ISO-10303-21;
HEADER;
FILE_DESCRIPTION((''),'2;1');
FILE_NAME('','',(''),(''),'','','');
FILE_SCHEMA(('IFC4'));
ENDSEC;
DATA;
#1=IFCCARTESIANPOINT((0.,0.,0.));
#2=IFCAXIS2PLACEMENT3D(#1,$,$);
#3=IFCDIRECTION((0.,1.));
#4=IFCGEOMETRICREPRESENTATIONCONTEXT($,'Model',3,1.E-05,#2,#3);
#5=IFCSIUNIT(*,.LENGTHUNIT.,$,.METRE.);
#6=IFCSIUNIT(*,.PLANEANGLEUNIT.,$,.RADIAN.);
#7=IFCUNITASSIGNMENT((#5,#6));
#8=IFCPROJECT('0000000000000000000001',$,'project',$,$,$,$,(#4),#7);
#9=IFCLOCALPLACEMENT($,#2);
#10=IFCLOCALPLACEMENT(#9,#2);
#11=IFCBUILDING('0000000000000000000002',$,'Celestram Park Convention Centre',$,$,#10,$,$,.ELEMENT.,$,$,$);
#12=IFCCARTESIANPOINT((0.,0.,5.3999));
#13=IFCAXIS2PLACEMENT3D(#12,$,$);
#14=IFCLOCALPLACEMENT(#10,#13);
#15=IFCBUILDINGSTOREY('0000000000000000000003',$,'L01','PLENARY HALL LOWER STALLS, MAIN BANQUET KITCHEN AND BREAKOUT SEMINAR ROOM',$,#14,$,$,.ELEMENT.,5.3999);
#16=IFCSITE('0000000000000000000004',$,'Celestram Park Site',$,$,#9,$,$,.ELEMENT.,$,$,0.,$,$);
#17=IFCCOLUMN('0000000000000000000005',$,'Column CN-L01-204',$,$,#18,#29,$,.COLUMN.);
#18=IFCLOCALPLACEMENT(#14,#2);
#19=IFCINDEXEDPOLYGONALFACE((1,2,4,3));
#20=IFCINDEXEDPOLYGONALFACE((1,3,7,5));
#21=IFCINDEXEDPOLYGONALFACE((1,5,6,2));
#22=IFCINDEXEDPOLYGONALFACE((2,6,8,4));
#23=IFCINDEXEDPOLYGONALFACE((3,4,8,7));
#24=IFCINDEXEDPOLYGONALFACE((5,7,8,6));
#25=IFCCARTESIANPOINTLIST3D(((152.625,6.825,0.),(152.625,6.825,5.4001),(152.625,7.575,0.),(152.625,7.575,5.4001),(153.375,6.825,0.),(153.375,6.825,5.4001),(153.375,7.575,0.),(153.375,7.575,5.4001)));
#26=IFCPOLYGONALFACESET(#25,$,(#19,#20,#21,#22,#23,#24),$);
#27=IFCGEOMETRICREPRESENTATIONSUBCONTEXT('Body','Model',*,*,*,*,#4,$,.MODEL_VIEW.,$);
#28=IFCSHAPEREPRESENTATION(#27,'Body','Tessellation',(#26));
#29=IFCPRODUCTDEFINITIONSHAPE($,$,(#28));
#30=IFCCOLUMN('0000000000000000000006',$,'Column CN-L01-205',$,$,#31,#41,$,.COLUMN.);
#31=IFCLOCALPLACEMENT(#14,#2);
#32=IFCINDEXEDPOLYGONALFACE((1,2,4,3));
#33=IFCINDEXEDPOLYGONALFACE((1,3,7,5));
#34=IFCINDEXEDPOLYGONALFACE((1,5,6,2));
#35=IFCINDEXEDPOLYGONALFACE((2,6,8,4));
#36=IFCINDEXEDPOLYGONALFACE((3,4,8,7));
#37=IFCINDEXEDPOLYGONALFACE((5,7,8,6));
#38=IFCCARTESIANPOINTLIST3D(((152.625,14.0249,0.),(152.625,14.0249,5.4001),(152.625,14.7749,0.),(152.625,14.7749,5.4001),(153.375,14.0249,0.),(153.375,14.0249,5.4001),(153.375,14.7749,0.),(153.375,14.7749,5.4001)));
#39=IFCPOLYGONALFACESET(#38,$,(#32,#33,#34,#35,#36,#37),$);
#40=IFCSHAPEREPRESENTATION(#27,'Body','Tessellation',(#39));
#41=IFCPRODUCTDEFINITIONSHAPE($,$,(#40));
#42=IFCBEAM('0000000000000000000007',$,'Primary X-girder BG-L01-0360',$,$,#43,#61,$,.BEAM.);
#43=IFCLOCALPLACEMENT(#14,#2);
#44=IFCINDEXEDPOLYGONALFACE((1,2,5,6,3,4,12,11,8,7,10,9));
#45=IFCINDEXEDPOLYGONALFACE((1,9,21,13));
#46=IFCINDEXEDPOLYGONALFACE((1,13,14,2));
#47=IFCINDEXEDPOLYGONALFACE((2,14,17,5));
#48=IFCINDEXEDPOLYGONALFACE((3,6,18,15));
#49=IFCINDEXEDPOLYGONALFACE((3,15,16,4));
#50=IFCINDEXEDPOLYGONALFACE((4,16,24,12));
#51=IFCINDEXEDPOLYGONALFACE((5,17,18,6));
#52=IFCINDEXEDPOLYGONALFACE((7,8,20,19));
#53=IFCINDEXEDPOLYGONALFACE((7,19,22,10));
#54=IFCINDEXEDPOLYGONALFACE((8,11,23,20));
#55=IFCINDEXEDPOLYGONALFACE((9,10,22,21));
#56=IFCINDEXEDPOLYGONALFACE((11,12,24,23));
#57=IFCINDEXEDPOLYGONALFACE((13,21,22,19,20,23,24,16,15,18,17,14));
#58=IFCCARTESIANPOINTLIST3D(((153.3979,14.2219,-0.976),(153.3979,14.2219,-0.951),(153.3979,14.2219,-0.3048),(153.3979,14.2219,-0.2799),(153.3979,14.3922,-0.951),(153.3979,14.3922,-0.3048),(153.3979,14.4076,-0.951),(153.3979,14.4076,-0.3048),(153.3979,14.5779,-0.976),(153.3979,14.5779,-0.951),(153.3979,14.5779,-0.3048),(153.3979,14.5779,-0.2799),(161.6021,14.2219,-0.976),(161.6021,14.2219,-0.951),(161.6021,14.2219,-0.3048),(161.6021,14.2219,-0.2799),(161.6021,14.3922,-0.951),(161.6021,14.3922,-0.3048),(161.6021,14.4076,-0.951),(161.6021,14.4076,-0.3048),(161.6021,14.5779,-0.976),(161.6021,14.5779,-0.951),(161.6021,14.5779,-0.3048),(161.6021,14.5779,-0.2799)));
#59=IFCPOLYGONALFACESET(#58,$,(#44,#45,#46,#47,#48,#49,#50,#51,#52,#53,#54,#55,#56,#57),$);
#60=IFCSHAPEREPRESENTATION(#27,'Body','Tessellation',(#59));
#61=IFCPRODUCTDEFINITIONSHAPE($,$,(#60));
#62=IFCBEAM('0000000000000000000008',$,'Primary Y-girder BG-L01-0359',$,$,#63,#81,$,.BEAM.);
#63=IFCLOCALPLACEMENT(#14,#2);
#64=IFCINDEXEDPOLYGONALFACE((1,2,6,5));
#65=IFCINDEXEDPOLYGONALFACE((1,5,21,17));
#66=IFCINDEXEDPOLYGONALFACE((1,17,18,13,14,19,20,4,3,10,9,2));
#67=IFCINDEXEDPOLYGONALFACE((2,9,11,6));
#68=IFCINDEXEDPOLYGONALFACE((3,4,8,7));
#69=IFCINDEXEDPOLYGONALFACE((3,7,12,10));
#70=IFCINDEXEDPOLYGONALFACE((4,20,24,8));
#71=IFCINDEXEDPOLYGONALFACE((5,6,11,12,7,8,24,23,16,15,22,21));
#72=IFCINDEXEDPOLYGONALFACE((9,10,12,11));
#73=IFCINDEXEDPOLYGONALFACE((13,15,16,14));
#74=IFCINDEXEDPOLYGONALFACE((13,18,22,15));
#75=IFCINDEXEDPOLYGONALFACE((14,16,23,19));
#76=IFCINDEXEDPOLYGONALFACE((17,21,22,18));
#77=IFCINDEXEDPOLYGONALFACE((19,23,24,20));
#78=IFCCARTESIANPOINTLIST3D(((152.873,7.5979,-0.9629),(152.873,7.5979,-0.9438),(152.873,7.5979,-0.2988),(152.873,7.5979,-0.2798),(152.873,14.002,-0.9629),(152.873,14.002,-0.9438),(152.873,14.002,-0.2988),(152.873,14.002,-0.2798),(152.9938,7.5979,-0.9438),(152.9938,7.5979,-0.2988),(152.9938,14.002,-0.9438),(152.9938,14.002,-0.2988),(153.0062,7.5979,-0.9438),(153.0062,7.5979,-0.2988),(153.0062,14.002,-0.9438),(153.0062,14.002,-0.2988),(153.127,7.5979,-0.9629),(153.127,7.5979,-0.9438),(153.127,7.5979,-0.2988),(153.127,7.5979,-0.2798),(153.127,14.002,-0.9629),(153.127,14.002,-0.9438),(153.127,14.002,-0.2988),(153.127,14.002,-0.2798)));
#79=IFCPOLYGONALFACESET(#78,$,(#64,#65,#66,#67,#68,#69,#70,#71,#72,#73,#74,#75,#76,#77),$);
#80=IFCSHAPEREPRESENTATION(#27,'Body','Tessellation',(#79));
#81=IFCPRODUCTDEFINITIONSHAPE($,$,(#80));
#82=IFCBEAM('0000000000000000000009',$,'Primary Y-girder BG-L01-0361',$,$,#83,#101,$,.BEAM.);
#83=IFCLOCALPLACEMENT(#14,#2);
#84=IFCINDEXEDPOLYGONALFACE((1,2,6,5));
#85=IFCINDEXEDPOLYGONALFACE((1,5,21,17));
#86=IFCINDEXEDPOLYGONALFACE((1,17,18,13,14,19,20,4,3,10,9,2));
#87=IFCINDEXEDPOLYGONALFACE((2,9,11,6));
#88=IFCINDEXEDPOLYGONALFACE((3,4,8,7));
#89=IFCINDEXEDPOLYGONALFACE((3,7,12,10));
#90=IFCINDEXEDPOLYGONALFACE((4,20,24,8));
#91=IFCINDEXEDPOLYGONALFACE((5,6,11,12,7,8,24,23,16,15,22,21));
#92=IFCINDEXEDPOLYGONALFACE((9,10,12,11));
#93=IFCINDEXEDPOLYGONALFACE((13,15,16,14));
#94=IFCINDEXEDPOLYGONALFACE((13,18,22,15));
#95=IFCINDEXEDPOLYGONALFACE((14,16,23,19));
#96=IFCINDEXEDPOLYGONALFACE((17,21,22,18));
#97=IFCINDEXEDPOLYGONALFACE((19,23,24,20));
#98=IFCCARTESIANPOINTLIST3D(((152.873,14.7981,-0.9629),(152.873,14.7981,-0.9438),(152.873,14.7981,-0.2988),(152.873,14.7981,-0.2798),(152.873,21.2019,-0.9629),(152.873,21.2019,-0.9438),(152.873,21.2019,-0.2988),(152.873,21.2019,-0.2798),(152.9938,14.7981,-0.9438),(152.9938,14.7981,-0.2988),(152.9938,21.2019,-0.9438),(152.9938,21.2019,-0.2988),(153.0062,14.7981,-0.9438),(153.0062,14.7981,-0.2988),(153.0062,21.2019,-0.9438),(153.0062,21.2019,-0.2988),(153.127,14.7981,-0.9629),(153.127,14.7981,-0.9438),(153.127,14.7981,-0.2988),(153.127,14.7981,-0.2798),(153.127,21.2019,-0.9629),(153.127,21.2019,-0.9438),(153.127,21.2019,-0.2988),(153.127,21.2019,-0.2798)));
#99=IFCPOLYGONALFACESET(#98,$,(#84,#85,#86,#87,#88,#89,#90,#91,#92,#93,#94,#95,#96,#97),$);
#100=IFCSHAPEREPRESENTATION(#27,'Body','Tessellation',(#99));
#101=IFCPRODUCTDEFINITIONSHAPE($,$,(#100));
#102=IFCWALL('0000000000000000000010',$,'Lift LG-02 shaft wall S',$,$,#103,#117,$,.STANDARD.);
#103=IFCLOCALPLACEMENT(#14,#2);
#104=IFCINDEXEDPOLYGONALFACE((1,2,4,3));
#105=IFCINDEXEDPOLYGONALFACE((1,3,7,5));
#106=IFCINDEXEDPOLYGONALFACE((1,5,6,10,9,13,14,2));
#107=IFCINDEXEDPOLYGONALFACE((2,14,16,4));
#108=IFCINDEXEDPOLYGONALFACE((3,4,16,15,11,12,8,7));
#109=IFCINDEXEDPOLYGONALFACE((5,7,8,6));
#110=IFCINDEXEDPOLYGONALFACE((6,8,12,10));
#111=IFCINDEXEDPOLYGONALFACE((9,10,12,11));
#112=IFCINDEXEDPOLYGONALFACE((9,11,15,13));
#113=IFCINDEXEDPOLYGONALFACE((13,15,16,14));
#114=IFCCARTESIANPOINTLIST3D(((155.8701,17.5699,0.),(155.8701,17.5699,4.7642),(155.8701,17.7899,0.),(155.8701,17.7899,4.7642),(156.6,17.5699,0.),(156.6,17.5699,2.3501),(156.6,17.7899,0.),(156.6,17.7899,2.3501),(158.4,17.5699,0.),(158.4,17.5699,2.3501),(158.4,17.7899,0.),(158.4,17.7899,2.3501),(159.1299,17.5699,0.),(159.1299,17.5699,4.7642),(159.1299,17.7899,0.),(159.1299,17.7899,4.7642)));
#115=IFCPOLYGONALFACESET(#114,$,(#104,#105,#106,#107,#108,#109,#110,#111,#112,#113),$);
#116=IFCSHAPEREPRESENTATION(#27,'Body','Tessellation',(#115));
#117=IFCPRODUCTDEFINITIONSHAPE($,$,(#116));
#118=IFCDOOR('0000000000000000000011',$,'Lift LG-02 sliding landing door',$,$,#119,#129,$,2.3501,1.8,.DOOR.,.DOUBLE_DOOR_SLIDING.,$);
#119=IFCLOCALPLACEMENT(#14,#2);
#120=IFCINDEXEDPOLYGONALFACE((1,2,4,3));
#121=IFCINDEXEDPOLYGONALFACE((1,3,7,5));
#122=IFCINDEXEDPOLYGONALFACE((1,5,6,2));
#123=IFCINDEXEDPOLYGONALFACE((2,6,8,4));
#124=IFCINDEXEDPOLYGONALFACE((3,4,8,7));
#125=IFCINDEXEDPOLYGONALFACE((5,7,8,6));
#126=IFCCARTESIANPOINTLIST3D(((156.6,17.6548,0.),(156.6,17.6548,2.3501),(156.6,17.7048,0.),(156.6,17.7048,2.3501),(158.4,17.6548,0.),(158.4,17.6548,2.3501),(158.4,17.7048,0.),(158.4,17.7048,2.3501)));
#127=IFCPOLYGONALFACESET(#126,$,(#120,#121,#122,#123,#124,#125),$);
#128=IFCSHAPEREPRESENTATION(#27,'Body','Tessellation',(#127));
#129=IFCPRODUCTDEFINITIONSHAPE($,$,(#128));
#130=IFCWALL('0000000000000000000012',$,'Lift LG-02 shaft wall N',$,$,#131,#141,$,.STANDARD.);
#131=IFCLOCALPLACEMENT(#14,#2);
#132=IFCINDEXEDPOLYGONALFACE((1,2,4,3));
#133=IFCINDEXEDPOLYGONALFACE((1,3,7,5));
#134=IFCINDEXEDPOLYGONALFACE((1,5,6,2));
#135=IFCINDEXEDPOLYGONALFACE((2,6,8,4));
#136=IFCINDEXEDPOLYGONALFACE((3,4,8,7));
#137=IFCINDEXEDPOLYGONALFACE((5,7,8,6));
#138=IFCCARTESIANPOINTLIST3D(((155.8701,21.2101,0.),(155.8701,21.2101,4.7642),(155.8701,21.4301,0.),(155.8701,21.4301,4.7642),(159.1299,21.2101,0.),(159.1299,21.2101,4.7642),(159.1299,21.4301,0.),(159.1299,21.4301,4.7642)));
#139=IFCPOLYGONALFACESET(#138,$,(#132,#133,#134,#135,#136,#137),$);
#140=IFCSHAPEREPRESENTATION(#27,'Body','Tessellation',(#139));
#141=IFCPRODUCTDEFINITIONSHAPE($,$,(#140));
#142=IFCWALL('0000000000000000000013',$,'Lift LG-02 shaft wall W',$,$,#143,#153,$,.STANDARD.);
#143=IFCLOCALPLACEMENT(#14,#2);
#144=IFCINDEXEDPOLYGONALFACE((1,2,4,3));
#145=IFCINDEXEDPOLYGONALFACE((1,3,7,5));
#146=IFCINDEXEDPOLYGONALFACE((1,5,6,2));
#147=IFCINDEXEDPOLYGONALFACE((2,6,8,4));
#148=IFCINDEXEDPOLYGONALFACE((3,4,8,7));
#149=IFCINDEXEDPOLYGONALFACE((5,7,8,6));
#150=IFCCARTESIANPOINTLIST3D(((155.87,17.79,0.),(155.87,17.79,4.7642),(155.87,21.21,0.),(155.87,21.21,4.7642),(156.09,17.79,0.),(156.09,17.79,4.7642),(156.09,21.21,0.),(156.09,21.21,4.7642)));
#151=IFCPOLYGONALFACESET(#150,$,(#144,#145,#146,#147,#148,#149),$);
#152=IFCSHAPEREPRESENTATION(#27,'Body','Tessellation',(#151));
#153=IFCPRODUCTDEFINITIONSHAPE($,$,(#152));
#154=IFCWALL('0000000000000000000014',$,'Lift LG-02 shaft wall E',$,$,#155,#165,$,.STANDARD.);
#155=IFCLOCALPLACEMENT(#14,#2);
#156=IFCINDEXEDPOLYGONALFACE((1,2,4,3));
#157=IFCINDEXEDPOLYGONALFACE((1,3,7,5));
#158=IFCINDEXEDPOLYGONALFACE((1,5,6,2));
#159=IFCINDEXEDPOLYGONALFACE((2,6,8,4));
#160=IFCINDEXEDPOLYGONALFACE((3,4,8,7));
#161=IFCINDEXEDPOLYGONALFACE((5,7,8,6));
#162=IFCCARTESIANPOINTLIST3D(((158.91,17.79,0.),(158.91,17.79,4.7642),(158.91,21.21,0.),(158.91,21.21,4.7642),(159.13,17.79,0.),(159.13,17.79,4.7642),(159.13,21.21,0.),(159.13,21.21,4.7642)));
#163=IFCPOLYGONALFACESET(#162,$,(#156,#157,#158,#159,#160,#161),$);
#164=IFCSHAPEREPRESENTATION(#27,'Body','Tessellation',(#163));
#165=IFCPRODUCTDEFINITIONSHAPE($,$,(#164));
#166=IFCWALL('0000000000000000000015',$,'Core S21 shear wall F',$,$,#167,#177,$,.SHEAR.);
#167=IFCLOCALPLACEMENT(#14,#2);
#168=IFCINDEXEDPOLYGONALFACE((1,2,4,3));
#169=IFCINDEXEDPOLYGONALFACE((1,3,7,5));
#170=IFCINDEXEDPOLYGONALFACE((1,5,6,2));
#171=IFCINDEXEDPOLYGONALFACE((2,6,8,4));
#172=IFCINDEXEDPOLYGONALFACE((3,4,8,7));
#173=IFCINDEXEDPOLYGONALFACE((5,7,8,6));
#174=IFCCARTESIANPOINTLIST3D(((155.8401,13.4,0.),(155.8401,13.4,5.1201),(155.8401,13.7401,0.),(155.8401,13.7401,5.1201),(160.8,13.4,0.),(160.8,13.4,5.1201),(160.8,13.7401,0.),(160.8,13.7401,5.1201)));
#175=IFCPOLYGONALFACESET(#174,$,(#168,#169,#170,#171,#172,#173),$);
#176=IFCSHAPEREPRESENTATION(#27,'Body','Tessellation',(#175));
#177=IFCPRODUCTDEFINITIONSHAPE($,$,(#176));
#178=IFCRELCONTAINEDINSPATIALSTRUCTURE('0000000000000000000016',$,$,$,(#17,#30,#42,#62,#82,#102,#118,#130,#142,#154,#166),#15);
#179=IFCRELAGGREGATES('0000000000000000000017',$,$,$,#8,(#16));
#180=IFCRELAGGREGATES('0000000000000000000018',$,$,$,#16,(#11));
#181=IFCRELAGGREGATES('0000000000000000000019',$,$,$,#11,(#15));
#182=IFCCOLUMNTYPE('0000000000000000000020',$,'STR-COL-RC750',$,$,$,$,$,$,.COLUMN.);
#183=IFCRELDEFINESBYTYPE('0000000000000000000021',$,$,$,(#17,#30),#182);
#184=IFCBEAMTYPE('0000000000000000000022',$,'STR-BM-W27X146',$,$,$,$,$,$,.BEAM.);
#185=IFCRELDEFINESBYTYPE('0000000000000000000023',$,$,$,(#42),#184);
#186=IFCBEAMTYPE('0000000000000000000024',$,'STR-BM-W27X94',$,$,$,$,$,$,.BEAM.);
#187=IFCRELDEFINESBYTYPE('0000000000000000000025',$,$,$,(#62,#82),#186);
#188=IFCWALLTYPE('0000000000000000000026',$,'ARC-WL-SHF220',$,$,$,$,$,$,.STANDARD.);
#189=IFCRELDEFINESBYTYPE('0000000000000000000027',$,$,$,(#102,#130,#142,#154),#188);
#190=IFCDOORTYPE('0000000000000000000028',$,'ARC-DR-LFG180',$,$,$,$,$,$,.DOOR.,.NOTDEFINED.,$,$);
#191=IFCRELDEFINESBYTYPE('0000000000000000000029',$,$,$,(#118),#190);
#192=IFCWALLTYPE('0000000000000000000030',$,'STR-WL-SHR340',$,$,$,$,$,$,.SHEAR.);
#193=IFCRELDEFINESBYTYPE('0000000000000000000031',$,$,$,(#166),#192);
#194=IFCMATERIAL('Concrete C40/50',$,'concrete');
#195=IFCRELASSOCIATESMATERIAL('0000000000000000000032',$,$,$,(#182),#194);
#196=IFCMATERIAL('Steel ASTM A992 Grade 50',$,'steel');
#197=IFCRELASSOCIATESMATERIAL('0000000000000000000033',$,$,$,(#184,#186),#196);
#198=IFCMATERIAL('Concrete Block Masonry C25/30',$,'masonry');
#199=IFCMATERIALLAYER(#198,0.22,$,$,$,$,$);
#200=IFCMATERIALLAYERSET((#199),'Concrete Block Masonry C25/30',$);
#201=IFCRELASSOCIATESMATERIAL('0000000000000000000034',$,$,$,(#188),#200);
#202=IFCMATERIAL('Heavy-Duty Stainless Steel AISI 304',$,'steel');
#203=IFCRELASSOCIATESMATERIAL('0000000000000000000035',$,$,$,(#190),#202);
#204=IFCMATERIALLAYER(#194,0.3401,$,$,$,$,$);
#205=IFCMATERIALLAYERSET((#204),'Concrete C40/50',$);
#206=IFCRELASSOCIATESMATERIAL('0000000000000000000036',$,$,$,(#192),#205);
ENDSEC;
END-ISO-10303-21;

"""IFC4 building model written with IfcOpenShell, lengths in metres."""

from ifc_helpers import new_model, si_unit, direction, frame, frame_2d, origin, origin_2d, place, context, subcontext, project, spatial, rectangle, i_section, extrude, material, layer, layer_set, material_profile, profile_set, type_object, element, fill, save


model = new_model("IFC4")

# Units and contexts
model_context = context("Model", 3, precision=1e-05, world=origin(), true_north=direction((0.0, 1.0)))
body_context = subcontext(model_context, "Body", "Model", "MODEL_VIEW")
ifc_project = project(units=[si_unit("LENGTHUNIT", "METRE"), si_unit("PLANEANGLEUNIT", "RADIAN")], contexts=[model_context])

# Site, building, storey
site_placement = place(None, origin())
site = spatial("IfcSite", under=ifc_project, at=site_placement, Name="Celestram Park Site", CompositionType="ELEMENT", RefElevation=0.0)
building_placement = place(site_placement, origin())
building = spatial("IfcBuilding", under=site, at=building_placement, Name="Celestram Park Convention Centre", CompositionType="ELEMENT")
storey_placement = place(building_placement, frame((0.0, 0.0, 5.3999)))
storey = spatial("IfcBuildingStorey", under=building, at=storey_placement, Name="L01", Description="PLENARY HALL LOWER STALLS, MAIN BANQUET KITCHEN AND BREAKOUT SEMINAR ROOM", CompositionType="ELEMENT", Elevation=5.3999)

# Columns
ifc_material_1 = material(Name="Concrete C40/50", Category="concrete")
ifc_material_profile_1 = material_profile(ifc_material_1, rectangle(XDim=0.75, YDim=0.75, at=origin_2d()), Name="RC750X750")
ifc_profile_set_1 = profile_set([ifc_material_profile_1], Name="Concrete C40/50")
column_type = type_object("IfcColumnType", Name="STR-COL-RC750", PredefinedType="COLUMN", material=ifc_profile_set_1)
for number, where, z_axis, x_axis, name in (
    (1, (153.0, 7.2, 0.0), (0.0, 0.0, 1.0), (1.0, 0.0, 0.0), "Column CN-L01-204"),
    (2, (153.0, 14.3999, 0.0), (0.0, 0.0, 1.0), (1.0, 0.0, 0.0), "Column CN-L01-205"),
):
    element("IfcColumn", number, at=place(storey_placement, frame(where, z_axis=z_axis, x_axis=x_axis)), inside=storey, type_object=column_type, Name=name, PredefinedType="COLUMN", context=body_context, shape_type="SweptSolid", body=[
        extrude(rectangle(XDim=0.75, YDim=0.75, at=origin_2d()), origin(), (0.0, 0.0, 1.0), 5.4001),
    ])

# Beams
ifc_material_2 = material(Name="Steel ASTM A992 Grade 50", Category="steel")
ifc_material_profile_2 = material_profile(ifc_material_2, i_section(OverallWidth=0.356, OverallDepth=0.696, WebThickness=0.0154, FlangeThickness=0.0249, at=origin_2d()), Name="W27X146")
ifc_profile_set_2 = profile_set([ifc_material_profile_2], Name="Steel ASTM A992 Grade 50")
beam_type_1 = type_object("IfcBeamType", Name="STR-BM-W27X146", PredefinedType="BEAM", material=ifc_profile_set_2)
beam_1_placement = place(storey_placement, frame((153.3979, 14.3999, -0.6279), z_axis=(1.0, 0.0, 0.0), x_axis=(0.0, 1.0, 0.0)))
element("IfcBeam", 3, at=beam_1_placement, inside=storey, type_object=beam_type_1, Name="Primary X-girder BG-L01-0360", PredefinedType="BEAM", context=body_context, shape_type="SweptSolid", body=[
    extrude(i_section(OverallWidth=0.356, OverallDepth=0.696, WebThickness=0.0154, FlangeThickness=0.0249, at=origin_2d()), origin(), (0.0, 0.0, 1.0), 8.2041),
])
ifc_material_profile_3 = material_profile(ifc_material_2, i_section(OverallWidth=0.2539, OverallDepth=0.6831, WebThickness=0.0125, FlangeThickness=0.019, at=origin_2d()), Name="W27X94")
ifc_profile_set_3 = profile_set([ifc_material_profile_3], Name="Steel ASTM A992 Grade 50")
beam_type_2 = type_object("IfcBeamType", Name="STR-BM-W27X94", PredefinedType="BEAM", material=ifc_profile_set_3)
beam_2_placement = place(storey_placement, frame((153.0, 7.5979, -0.6213), z_axis=(0.0, 1.0, 0.0), x_axis=(-1.0, 0.0, 0.0)))
element("IfcBeam", 4, at=beam_2_placement, inside=storey, type_object=beam_type_2, Name="Primary Y-girder BG-L01-0359", PredefinedType="BEAM", context=body_context, shape_type="SweptSolid", body=[
    extrude(i_section(OverallWidth=0.2539, OverallDepth=0.6831, WebThickness=0.0125, FlangeThickness=0.019, at=origin_2d()), origin(), (0.0, 0.0, 1.0), 6.4041),
])
beam_3_placement = place(storey_placement, frame((153.0, 14.7981, -0.6213), z_axis=(0.0, 1.0, 0.0), x_axis=(-1.0, 0.0, 0.0)))
element("IfcBeam", 5, at=beam_3_placement, inside=storey, type_object=beam_type_2, Name="Primary Y-girder BG-L01-0361", PredefinedType="BEAM", context=body_context, shape_type="SweptSolid", body=[
    extrude(i_section(OverallWidth=0.2539, OverallDepth=0.6831, WebThickness=0.0125, FlangeThickness=0.019, at=origin_2d()), origin(), (0.0, 0.0, 1.0), 6.4038),
])

# Wall, opening, door
ifc_material_3 = material(Name="Concrete Block Masonry C25/30", Category="masonry")
ifc_layer_1 = layer(ifc_material_3, 0.22)
ifc_layer_set_1 = layer_set([ifc_layer_1], Name="Concrete Block Masonry C25/30")
wall_type_1 = type_object("IfcWallType", Name="ARC-WL-SHF220", PredefinedType="STANDARD", material=ifc_layer_set_1)
wall_1_placement = place(storey_placement, frame((155.8701, 17.6799, 0.0), z_axis=(0.0, 0.0, 1.0), x_axis=(1.0, 0.0, 0.0)))
wall_1 = element("IfcWall", 6, at=wall_1_placement, inside=storey, type_object=wall_type_1, Name="Lift LG-02 shaft wall S", PredefinedType="STANDARD", context=body_context, shape_type="SweptSolid", body=[
    extrude(rectangle(XDim=3.2598, YDim=0.22, at=frame_2d((1.6299, 0.0))), origin(), (0.0, 0.0, 1.0), 4.7642),
])
opening_placement = place(wall_1_placement, frame((0.73, 0.0, 0.0)))
opening = element("IfcOpeningElement", 7, at=opening_placement, cuts=wall_1, PredefinedType="OPENING", context=body_context, shape_type="SweptSolid", body=[
    extrude(rectangle(XDim=1.8, YDim=2.3501, at=frame_2d((0.8999, 1.175))), frame((0.0, 0.1199, 0.0), z_axis=(0.0, -1.0, 0.0), x_axis=(1.0, 0.0, 0.0)), (0.0, 0.0, 1.0), 0.24),
])
ifc_material_4 = material(Name="Heavy-Duty Stainless Steel AISI 304", Category="steel")
door_type = type_object("IfcDoorType", Name="ARC-DR-LFG180", OperationType="NOTDEFINED", PredefinedType="DOOR", material=ifc_material_4)
door_placement = place(opening_placement, origin())
door = element("IfcDoor", 8, at=door_placement, inside=storey, type_object=door_type, Name="Lift LG-02 sliding landing door", OperationType="DOUBLE_DOOR_SLIDING", OverallHeight=2.3501, OverallWidth=1.8, PredefinedType="DOOR", context=body_context, shape_type="SweptSolid", body=[
    extrude(rectangle(XDim=1.8, YDim=2.3501, at=frame_2d((0.8999, 1.175))), frame((0.0, 0.0249, 0.0), z_axis=(0.0, -1.0, 0.0), x_axis=(1.0, 0.0, 0.0)), (0.0, 0.0, 1.0), 0.05),
])
fill(opening, door)

# Walls
wall_2_placement = place(storey_placement, frame((159.1299, 21.3201, 0.0), z_axis=(0.0, 0.0, 1.0), x_axis=(-1.0, 0.0, 0.0)))
element("IfcWall", 9, at=wall_2_placement, inside=storey, type_object=wall_type_1, Name="Lift LG-02 shaft wall N", PredefinedType="STANDARD", context=body_context, shape_type="SweptSolid", body=[
    extrude(rectangle(XDim=3.2598, YDim=0.22, at=frame_2d((1.6299, 0.0))), origin(), (0.0, 0.0, 1.0), 4.7642),
])
for number, where, z_axis, x_axis, name in (
    (10, (155.98, 21.21, 0.0), (0.0, 0.0, 1.0), (0.0, -1.0, 0.0), "Lift LG-02 shaft wall W"),
    (11, (159.02, 17.79, 0.0), (0.0, 0.0, 1.0), (0.0, 1.0, 0.0), "Lift LG-02 shaft wall E"),
):
    element("IfcWall", number, at=place(storey_placement, frame(where, z_axis=z_axis, x_axis=x_axis)), inside=storey, type_object=wall_type_1, Name=name, PredefinedType="STANDARD", context=body_context, shape_type="SweptSolid", body=[
        extrude(rectangle(XDim=3.4199, YDim=0.22, at=frame_2d((1.71, 0.0))), origin(), (0.0, 0.0, 1.0), 4.7642),
    ])
ifc_layer_2 = layer(ifc_material_1, 0.3401)
ifc_layer_set_2 = layer_set([ifc_layer_2], Name="Concrete C40/50")
wall_type_2 = type_object("IfcWallType", Name="STR-WL-SHR340", PredefinedType="SHEAR", material=ifc_layer_set_2)
wall_3_placement = place(storey_placement, frame((155.8401, 13.5701, 0.0), z_axis=(0.0, 0.0, 1.0), x_axis=(1.0, 0.0, 0.0)))
element("IfcWall", 12, at=wall_3_placement, inside=storey, type_object=wall_type_2, Name="Core S21 shear wall F", PredefinedType="SHEAR", context=body_context, shape_type="SweptSolid", body=[
    extrude(rectangle(XDim=4.96, YDim=0.3401, at=frame_2d((2.48, 0.0))), origin(), (0.0, 0.0, 1.0), 5.1201),
])

save(model, "model.ifc")
